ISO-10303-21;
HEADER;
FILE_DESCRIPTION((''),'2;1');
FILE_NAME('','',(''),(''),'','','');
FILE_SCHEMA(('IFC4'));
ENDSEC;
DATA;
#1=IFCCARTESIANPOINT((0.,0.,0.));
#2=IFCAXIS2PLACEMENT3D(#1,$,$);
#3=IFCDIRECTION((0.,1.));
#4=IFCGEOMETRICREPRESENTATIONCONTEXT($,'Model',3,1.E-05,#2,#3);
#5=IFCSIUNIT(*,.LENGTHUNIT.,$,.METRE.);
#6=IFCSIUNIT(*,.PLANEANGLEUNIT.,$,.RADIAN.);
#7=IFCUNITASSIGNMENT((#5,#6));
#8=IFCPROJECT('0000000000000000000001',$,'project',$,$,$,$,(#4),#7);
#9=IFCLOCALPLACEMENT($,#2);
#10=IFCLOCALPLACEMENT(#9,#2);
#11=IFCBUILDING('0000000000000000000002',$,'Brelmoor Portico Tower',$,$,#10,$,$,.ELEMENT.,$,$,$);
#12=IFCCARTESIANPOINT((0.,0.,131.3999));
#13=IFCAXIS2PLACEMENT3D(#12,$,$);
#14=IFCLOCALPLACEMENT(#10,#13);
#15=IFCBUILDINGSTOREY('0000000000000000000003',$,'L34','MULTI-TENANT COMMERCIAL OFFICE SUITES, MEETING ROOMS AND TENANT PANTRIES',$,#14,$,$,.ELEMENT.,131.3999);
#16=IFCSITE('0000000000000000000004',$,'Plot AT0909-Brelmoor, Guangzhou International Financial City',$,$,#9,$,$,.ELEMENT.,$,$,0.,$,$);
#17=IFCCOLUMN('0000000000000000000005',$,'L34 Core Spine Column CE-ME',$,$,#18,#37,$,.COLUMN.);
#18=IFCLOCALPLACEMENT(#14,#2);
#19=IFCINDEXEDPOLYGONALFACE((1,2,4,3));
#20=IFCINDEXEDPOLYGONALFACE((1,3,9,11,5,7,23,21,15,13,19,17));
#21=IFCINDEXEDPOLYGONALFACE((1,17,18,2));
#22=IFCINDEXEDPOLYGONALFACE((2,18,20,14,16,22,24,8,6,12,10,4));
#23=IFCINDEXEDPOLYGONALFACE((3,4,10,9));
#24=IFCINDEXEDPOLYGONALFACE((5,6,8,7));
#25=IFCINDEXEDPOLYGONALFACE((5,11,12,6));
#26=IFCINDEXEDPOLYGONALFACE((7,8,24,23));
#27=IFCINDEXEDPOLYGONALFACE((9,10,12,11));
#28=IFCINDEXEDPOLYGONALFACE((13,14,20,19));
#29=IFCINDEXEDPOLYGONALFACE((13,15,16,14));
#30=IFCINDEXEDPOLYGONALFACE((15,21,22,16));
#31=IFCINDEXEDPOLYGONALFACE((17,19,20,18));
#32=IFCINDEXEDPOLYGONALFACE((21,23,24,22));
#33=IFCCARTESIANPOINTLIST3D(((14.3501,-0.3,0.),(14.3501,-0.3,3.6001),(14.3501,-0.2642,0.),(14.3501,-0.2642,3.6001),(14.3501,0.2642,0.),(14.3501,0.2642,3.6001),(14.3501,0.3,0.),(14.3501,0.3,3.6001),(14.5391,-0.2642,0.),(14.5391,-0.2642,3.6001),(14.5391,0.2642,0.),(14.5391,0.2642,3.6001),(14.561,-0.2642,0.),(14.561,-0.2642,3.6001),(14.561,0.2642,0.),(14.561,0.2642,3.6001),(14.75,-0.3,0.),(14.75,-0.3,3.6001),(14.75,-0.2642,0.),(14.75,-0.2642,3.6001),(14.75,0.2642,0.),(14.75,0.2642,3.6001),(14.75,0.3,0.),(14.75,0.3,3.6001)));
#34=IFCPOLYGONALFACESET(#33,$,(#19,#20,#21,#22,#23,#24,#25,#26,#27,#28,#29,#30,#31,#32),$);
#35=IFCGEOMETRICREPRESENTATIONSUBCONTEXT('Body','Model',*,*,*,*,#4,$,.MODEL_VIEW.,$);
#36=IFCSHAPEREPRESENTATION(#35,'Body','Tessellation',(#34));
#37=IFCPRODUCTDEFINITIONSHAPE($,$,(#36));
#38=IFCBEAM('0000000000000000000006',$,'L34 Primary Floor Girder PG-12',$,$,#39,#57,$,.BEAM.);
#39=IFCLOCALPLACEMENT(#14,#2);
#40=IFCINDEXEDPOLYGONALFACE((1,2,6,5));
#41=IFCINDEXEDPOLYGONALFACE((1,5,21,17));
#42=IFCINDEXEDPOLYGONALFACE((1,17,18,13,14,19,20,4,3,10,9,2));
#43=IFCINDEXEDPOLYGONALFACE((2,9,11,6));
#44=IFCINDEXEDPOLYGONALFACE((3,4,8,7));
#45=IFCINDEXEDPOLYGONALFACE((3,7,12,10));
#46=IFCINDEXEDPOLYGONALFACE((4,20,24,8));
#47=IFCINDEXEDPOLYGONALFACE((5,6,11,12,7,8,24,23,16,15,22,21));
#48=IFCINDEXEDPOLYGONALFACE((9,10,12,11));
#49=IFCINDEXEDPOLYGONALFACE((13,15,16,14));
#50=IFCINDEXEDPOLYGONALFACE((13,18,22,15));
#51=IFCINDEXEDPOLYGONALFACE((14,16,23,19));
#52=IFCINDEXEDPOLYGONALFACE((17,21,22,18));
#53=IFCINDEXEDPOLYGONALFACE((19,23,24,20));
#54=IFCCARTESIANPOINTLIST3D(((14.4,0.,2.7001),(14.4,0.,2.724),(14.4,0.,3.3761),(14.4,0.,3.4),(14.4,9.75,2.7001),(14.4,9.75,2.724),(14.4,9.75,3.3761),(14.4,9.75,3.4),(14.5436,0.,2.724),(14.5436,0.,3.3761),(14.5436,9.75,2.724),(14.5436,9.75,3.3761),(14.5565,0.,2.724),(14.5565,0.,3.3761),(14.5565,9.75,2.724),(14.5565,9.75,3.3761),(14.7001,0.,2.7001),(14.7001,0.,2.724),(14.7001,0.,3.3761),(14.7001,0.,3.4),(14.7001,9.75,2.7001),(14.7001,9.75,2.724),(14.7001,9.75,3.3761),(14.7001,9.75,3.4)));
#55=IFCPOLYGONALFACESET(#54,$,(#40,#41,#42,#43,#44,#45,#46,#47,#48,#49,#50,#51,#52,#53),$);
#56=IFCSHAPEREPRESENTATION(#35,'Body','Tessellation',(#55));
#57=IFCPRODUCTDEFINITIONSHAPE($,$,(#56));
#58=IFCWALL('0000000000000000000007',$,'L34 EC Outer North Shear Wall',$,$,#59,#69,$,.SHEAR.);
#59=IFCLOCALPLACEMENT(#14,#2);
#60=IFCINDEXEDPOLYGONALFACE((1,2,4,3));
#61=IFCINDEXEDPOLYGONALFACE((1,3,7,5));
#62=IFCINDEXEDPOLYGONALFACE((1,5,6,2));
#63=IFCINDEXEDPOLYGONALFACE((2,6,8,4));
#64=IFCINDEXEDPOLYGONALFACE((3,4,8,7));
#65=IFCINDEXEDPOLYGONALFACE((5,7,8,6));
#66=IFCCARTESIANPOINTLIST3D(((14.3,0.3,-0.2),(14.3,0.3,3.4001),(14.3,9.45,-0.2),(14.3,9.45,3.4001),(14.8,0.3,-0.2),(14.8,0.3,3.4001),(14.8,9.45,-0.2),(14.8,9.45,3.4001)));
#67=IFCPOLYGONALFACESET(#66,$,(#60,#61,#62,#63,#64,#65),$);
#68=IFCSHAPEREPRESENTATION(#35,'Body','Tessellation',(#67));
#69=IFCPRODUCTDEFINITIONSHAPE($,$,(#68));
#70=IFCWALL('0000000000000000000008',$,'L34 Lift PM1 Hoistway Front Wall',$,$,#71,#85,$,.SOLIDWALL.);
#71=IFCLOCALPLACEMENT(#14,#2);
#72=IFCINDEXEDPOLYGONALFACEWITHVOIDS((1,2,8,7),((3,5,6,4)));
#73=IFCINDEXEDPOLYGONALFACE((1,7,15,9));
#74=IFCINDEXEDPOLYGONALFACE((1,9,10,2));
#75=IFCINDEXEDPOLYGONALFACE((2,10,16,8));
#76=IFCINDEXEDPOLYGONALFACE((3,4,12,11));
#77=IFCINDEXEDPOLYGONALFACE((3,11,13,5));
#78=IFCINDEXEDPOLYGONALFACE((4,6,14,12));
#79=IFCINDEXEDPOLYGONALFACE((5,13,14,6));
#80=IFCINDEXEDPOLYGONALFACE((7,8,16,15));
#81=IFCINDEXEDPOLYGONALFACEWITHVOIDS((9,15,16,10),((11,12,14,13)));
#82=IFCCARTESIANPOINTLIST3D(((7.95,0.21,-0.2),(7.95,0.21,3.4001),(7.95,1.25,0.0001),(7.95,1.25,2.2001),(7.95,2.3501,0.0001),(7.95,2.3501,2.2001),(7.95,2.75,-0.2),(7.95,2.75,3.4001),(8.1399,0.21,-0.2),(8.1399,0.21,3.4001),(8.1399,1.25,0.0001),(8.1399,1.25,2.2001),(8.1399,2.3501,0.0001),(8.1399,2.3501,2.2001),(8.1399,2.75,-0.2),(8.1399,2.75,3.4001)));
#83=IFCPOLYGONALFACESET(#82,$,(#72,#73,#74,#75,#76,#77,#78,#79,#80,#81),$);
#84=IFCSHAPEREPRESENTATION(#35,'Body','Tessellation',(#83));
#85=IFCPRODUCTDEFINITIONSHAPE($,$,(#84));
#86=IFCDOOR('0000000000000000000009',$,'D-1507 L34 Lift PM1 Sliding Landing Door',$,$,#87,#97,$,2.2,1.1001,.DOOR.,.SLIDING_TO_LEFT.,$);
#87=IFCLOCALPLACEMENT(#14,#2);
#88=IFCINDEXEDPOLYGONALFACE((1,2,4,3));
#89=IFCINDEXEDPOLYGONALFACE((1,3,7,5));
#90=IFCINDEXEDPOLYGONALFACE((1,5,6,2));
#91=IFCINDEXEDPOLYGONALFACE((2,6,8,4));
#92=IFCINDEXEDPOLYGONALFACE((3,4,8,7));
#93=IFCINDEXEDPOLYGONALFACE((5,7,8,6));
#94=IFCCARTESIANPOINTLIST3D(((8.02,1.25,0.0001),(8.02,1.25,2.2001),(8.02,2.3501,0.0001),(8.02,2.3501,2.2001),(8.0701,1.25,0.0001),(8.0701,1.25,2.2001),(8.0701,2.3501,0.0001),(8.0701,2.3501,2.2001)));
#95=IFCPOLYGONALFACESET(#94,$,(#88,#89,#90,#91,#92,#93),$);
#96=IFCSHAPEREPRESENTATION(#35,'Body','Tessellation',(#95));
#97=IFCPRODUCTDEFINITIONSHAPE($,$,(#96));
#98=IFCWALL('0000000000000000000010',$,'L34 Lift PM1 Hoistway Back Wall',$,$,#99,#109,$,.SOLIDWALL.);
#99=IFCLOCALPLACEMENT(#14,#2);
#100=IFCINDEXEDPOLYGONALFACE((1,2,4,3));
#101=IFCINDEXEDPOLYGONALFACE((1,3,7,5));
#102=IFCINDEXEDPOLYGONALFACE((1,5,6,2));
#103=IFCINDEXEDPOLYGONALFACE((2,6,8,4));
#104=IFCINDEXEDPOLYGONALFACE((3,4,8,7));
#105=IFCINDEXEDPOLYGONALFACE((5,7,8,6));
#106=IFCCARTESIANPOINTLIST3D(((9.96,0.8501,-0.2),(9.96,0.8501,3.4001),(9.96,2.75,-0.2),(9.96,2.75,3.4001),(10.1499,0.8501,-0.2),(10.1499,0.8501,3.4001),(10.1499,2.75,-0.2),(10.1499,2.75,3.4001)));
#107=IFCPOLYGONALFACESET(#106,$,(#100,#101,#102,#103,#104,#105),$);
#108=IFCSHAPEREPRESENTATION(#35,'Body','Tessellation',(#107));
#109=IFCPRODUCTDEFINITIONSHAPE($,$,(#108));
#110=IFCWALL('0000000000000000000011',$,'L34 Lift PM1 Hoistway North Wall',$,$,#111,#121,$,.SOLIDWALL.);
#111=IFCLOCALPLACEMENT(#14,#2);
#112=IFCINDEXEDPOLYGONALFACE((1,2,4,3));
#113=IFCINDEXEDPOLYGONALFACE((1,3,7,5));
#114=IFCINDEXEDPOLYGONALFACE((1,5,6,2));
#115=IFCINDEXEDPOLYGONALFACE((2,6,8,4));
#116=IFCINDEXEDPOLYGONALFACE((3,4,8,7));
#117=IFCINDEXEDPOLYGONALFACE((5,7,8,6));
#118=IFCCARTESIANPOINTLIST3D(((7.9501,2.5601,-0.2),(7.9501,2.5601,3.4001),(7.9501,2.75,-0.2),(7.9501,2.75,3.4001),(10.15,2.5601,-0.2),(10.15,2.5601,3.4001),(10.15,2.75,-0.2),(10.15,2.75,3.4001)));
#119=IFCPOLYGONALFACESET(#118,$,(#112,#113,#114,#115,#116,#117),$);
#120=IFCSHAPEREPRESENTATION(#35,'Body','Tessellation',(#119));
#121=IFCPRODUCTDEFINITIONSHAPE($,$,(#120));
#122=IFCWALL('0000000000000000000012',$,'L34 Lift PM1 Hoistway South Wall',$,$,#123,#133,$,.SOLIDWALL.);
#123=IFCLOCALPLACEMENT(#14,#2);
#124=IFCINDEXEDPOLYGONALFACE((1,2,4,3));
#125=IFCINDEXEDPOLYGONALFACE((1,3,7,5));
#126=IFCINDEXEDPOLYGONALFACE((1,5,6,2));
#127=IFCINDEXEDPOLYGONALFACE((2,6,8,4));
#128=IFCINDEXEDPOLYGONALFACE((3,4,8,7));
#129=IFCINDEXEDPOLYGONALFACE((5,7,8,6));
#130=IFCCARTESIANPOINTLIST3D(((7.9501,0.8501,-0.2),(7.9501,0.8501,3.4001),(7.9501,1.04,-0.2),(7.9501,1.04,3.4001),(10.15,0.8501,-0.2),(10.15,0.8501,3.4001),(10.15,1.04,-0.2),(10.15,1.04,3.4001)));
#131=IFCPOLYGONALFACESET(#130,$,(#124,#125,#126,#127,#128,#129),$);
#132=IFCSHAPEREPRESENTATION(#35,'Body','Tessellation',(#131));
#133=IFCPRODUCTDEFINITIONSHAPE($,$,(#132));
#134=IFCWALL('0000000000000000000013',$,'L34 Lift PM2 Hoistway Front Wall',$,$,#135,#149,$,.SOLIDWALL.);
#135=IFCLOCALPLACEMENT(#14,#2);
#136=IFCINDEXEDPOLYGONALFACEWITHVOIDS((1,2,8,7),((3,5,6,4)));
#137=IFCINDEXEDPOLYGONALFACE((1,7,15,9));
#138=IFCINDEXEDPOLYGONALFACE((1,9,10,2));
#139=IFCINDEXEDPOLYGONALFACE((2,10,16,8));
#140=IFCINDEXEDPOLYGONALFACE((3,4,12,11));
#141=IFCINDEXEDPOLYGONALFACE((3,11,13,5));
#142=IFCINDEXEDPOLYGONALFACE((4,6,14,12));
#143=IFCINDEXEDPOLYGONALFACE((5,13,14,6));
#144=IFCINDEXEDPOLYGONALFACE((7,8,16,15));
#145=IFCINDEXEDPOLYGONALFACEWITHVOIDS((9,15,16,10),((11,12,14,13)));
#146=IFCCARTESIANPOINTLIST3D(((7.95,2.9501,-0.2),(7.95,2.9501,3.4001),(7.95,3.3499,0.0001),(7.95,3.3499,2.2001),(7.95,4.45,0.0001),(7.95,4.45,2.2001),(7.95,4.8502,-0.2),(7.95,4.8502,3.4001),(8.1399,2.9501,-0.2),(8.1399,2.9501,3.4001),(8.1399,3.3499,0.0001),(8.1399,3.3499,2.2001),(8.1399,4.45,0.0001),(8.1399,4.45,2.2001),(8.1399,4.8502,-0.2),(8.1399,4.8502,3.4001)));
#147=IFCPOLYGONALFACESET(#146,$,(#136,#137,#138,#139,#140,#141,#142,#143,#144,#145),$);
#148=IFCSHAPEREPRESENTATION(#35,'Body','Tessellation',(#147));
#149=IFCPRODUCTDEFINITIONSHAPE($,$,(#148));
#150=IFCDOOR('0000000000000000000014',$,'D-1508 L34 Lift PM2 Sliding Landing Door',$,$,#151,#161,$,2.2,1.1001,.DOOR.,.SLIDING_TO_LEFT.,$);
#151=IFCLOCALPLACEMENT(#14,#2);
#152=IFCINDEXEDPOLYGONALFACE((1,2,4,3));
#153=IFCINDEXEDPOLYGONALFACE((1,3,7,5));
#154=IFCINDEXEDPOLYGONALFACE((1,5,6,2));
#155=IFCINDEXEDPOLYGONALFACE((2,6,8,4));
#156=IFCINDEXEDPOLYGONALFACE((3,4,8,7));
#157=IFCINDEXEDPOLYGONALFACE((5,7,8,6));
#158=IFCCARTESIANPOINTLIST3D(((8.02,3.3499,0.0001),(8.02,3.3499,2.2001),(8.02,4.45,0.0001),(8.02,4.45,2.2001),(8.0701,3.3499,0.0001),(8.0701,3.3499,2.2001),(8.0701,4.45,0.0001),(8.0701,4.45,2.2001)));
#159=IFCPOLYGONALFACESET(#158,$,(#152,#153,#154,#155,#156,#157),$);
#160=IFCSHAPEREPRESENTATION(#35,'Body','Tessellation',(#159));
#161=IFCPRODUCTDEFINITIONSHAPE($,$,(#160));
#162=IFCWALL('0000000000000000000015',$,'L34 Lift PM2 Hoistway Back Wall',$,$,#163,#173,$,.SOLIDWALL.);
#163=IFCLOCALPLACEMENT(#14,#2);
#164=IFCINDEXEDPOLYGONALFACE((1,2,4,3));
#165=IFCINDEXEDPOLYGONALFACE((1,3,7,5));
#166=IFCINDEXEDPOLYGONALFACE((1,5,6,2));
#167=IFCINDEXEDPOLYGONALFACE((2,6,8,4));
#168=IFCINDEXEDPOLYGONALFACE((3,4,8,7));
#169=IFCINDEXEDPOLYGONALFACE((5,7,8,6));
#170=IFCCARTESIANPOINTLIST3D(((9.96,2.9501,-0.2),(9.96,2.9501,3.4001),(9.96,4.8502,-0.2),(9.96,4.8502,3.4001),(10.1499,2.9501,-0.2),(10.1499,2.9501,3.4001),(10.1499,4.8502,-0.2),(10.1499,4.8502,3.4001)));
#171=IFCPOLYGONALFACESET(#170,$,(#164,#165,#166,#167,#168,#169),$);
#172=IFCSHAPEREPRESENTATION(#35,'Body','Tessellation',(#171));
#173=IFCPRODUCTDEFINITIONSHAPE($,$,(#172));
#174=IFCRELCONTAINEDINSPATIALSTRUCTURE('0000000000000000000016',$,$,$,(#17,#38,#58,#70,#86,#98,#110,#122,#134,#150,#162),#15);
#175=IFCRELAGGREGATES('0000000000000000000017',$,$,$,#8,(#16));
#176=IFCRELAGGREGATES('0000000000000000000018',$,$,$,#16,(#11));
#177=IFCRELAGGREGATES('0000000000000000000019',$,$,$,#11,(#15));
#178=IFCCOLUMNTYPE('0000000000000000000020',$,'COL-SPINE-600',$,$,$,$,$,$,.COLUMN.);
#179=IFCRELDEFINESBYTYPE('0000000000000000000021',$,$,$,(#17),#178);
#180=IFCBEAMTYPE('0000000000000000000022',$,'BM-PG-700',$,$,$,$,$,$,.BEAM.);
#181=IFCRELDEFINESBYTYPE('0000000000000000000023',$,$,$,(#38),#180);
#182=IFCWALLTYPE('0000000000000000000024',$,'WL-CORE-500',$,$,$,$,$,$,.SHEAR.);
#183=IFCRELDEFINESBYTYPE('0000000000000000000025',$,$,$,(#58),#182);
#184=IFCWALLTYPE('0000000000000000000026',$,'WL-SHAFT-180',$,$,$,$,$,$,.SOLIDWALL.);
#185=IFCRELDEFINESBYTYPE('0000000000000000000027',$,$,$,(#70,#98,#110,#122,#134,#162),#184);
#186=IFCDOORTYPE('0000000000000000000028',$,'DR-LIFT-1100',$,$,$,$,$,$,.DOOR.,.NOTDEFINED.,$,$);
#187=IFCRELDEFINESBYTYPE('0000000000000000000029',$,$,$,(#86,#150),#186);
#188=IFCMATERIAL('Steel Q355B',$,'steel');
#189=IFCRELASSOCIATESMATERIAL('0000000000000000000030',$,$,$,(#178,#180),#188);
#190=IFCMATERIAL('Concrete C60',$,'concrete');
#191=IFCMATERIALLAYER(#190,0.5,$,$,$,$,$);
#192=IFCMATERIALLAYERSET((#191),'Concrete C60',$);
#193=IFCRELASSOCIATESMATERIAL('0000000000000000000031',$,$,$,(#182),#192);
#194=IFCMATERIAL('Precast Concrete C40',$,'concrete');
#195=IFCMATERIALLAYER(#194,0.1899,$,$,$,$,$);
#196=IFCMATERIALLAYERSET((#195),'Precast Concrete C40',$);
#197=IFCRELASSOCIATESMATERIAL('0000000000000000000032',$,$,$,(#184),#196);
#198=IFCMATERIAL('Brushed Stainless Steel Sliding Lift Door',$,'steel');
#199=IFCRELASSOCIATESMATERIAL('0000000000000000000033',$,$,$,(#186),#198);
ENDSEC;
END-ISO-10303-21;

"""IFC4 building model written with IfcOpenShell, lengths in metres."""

from ifc_helpers import new_model, si_unit, direction, frame, frame_2d, origin, origin_2d, place, context, subcontext, project, spatial, rectangle, i_section, extrude, material, layer, layer_set, material_profile, profile_set, type_object, element, fill, save


model = new_model("IFC4")

# Units and contexts
model_context = context("Model", 3, precision=1e-05, world=origin(), true_north=direction((0.0, 1.0)))
body_context = subcontext(model_context, "Body", "Model", "MODEL_VIEW")
ifc_project = project(units=[si_unit("LENGTHUNIT", "METRE"), si_unit("PLANEANGLEUNIT", "RADIAN")], contexts=[model_context])

# Site, building, storey
site_placement = place(None, origin())
site = spatial("IfcSite", under=ifc_project, at=site_placement, Name="Plot AT0909-Brelmoor, Guangzhou International Financial City", CompositionType="ELEMENT", RefElevation=0.0)
building_placement = place(site_placement, origin())
building = spatial("IfcBuilding", under=site, at=building_placement, Name="Brelmoor Portico Tower", CompositionType="ELEMENT")
storey_placement = place(building_placement, frame((0.0, 0.0, 131.3999)))
storey = spatial("IfcBuildingStorey", under=building, at=storey_placement, Name="L34", Description="MULTI-TENANT COMMERCIAL OFFICE SUITES, MEETING ROOMS AND TENANT PANTRIES", CompositionType="ELEMENT", Elevation=131.3999)

# Column
ifc_material_1 = material(Name="Steel Q355B", Category="steel")
ifc_material_profile_1 = material_profile(ifc_material_1, i_section(OverallWidth=0.3999, OverallDepth=0.6001, WebThickness=0.022, FlangeThickness=0.0359, at=origin_2d()), Name="HW 600x400x22x36")
ifc_profile_set_1 = profile_set([ifc_material_profile_1], Name="Steel Q355B")
column_type = type_object("IfcColumnType", Name="COL-SPINE-600", PredefinedType="COLUMN", material=ifc_profile_set_1)
column_placement = place(storey_placement, frame((14.55, 0.0, 0.0), z_axis=(0.0, 0.0, 1.0), x_axis=(1.0, 0.0, 0.0)))
element("IfcColumn", 1, at=column_placement, inside=storey, type_object=column_type, Name="L34 Core Spine Column CE-ME", PredefinedType="COLUMN", context=body_context, shape_type="SweptSolid", body=[
    extrude(i_section(OverallWidth=0.3999, OverallDepth=0.6001, WebThickness=0.022, FlangeThickness=0.0359, at=origin_2d()), origin(), (0.0, 0.0, 1.0), 3.6001),
])

# Beam
ifc_material_profile_2 = material_profile(ifc_material_1, i_section(OverallWidth=0.3, OverallDepth=0.7, WebThickness=0.0129, FlangeThickness=0.0239, at=origin_2d()), Name="HN 700x300x13x24")
ifc_profile_set_2 = profile_set([ifc_material_profile_2], Name="Steel Q355B")
beam_type = type_object("IfcBeamType", Name="BM-PG-700", PredefinedType="BEAM", material=ifc_profile_set_2)
beam_placement = place(storey_placement, frame((14.55, 0.0, 3.05), z_axis=(0.0, 1.0, 0.0), x_axis=(-1.0, 0.0, 0.0)))
element("IfcBeam", 2, at=beam_placement, inside=storey, type_object=beam_type, Name="L34 Primary Floor Girder PG-12", PredefinedType="BEAM", context=body_context, shape_type="SweptSolid", body=[
    extrude(i_section(OverallWidth=0.3, OverallDepth=0.7, WebThickness=0.0129, FlangeThickness=0.0239, at=origin_2d()), origin(), (0.0, 0.0, 1.0), 9.75),
])

# Wall
ifc_material_2 = material(Name="Concrete C60", Category="concrete")
ifc_layer_1 = layer(ifc_material_2, 0.5)
ifc_layer_set_1 = layer_set([ifc_layer_1], Name="Concrete C60")
wall_type_1 = type_object("IfcWallType", Name="WL-CORE-500", PredefinedType="SHEAR", material=ifc_layer_set_1)
wall_1_placement = place(storey_placement, frame((14.55, 0.3, -0.2), z_axis=(0.0, 0.0, 1.0), x_axis=(0.0, 1.0, 0.0)))
element("IfcWall", 3, at=wall_1_placement, inside=storey, type_object=wall_type_1, Name="L34 EC Outer North Shear Wall", PredefinedType="SHEAR", context=body_context, shape_type="SweptSolid", body=[
    extrude(rectangle(XDim=9.1499, YDim=0.5, at=frame_2d((4.575, 0.0))), origin(), (0.0, 0.0, 1.0), 3.6001),
])

# Wall, opening, door
ifc_material_3 = material(Name="Precast Concrete C40", Category="concrete")
ifc_layer_2 = layer(ifc_material_3, 0.1899)
ifc_layer_set_2 = layer_set([ifc_layer_2], Name="Precast Concrete C40")
wall_type_2 = type_object("IfcWallType", Name="WL-SHAFT-180", PredefinedType="SOLIDWALL", material=ifc_layer_set_2)
wall_2_placement = place(storey_placement, frame((8.0449, 0.21, -0.2), z_axis=(0.0, 0.0, 1.0), x_axis=(0.0, 1.0, 0.0)))
wall_2 = element("IfcWall", 4, at=wall_2_placement, inside=storey, type_object=wall_type_2, Name="L34 Lift PM1 Hoistway Front Wall", PredefinedType="SOLIDWALL", context=body_context, shape_type="SweptSolid", body=[
    extrude(rectangle(XDim=2.54, YDim=0.1899, at=frame_2d((1.27, 0.0))), origin(), (0.0, 0.0, 1.0), 3.6001),
])
opening_1_placement = place(wall_2_placement, frame((1.04, 0.0, 0.2)))
opening_1 = element("IfcOpeningElement", 5, at=opening_1_placement, cuts=wall_2, PredefinedType="OPENING", context=body_context, shape_type="SweptSolid", body=[
    extrude(rectangle(XDim=1.1001, YDim=2.2, at=frame_2d((0.55, 1.1001))), frame((0.0, 0.105, 0.0), z_axis=(0.0, -1.0, 0.0), x_axis=(1.0, 0.0, 0.0)), (0.0, 0.0, 1.0), 0.21),
])
ifc_material_4 = material(Name="Brushed Stainless Steel Sliding Lift Door", Category="steel")
door_type_1 = type_object("IfcDoorType", Name="DR-LIFT-1100", OperationType="NOTDEFINED", PredefinedType="DOOR", material=ifc_material_4)
door_1_placement = place(opening_1_placement, origin())
door_1 = element("IfcDoor", 6, at=door_1_placement, inside=storey, type_object=door_type_1, Name="D-1507 L34 Lift PM1 Sliding Landing Door", OperationType="SLIDING_TO_LEFT", OverallHeight=2.2, OverallWidth=1.1001, PredefinedType="DOOR", context=body_context, shape_type="SweptSolid", body=[
    extrude(rectangle(XDim=1.1001, YDim=2.2, at=frame_2d((0.55, 1.1001))), frame((0.0, 0.0249, 0.0), z_axis=(0.0, -1.0, 0.0), x_axis=(1.0, 0.0, 0.0)), (0.0, 0.0, 1.0), 0.05),
])
fill(opening_1, door_1)

# Walls
wall_3_placement = place(storey_placement, frame((10.0549, 0.8501, -0.2), z_axis=(0.0, 0.0, 1.0), x_axis=(0.0, 1.0, 0.0)))
element("IfcWall", 7, at=wall_3_placement, inside=storey, type_object=wall_type_2, Name="L34 Lift PM1 Hoistway Back Wall", PredefinedType="SOLIDWALL", context=body_context, shape_type="SweptSolid", body=[
    extrude(rectangle(XDim=1.8999, YDim=0.1899, at=frame_2d((0.95, 0.0))), origin(), (0.0, 0.0, 1.0), 3.6001),
])
for number, where, z_axis, x_axis, name in (
    (8, (7.95, 2.655, -0.2), (0.0, 0.0, 1.0), (1.0, 0.0, 0.0), "L34 Lift PM1 Hoistway North Wall"),
    (9, (7.95, 0.9451, -0.2), (0.0, 0.0, 1.0), (1.0, 0.0, 0.0), "L34 Lift PM1 Hoistway South Wall"),
):
    element("IfcWall", number, at=place(storey_placement, frame(where, z_axis=z_axis, x_axis=x_axis)), inside=storey, type_object=wall_type_2, Name=name, PredefinedType="SOLIDWALL", context=body_context, shape_type="SweptSolid", body=[
        extrude(rectangle(XDim=2.2, YDim=0.1899, at=frame_2d((1.1001, 0.0))), origin(), (0.0, 0.0, 1.0), 3.6001),
    ])

# Wall, opening, door
wall_4_placement = place(storey_placement, frame((8.0449, 2.95, -0.2), z_axis=(0.0, 0.0, 1.0), x_axis=(0.0, 1.0, 0.0)))
wall_4 = element("IfcWall", 10, at=wall_4_placement, inside=storey, type_object=wall_type_2, Name="L34 Lift PM2 Hoistway Front Wall", PredefinedType="SOLIDWALL", context=body_context, shape_type="SweptSolid", body=[
    extrude(rectangle(XDim=1.9001, YDim=0.1899, at=frame_2d((0.9502, 0.0))), origin(), (0.0, 0.0, 1.0), 3.6001),
])
opening_2_placement = place(wall_4_placement, frame((0.3999, 0.0, 0.2)))
opening_2 = element("IfcOpeningElement", 11, at=opening_2_placement, cuts=wall_4, PredefinedType="OPENING", context=body_context, shape_type="SweptSolid", body=[
    extrude(rectangle(XDim=1.1001, YDim=2.2, at=frame_2d((0.55, 1.1001))), frame((0.0, 0.105, 0.0), z_axis=(0.0, -1.0, 0.0), x_axis=(1.0, 0.0, 0.0)), (0.0, 0.0, 1.0), 0.21),
])
door_2_placement = place(opening_2_placement, origin())
door_2 = element("IfcDoor", 12, at=door_2_placement, inside=storey, type_object=door_type_1, Name="D-1508 L34 Lift PM2 Sliding Landing Door", OperationType="SLIDING_TO_LEFT", OverallHeight=2.2, OverallWidth=1.1001, PredefinedType="DOOR", context=body_context, shape_type="SweptSolid", body=[
    extrude(rectangle(XDim=1.1001, YDim=2.2, at=frame_2d((0.55, 1.1001))), frame((0.0, 0.0249, 0.0), z_axis=(0.0, -1.0, 0.0), x_axis=(1.0, 0.0, 0.0)), (0.0, 0.0, 1.0), 0.05),
])
fill(opening_2, door_2)

# Wall
wall_5_placement = place(storey_placement, frame((10.0549, 2.95, -0.2), z_axis=(0.0, 0.0, 1.0), x_axis=(0.0, 1.0, 0.0)))
element("IfcWall", 13, at=wall_5_placement, inside=storey, type_object=wall_type_2, Name="L34 Lift PM2 Hoistway Back Wall", PredefinedType="SOLIDWALL", context=body_context, shape_type="SweptSolid", body=[
    extrude(rectangle(XDim=1.9001, YDim=0.1899, at=frame_2d((0.9502, 0.0))), origin(), (0.0, 0.0, 1.0), 3.6001),
])

save(model, "model.ifc")
